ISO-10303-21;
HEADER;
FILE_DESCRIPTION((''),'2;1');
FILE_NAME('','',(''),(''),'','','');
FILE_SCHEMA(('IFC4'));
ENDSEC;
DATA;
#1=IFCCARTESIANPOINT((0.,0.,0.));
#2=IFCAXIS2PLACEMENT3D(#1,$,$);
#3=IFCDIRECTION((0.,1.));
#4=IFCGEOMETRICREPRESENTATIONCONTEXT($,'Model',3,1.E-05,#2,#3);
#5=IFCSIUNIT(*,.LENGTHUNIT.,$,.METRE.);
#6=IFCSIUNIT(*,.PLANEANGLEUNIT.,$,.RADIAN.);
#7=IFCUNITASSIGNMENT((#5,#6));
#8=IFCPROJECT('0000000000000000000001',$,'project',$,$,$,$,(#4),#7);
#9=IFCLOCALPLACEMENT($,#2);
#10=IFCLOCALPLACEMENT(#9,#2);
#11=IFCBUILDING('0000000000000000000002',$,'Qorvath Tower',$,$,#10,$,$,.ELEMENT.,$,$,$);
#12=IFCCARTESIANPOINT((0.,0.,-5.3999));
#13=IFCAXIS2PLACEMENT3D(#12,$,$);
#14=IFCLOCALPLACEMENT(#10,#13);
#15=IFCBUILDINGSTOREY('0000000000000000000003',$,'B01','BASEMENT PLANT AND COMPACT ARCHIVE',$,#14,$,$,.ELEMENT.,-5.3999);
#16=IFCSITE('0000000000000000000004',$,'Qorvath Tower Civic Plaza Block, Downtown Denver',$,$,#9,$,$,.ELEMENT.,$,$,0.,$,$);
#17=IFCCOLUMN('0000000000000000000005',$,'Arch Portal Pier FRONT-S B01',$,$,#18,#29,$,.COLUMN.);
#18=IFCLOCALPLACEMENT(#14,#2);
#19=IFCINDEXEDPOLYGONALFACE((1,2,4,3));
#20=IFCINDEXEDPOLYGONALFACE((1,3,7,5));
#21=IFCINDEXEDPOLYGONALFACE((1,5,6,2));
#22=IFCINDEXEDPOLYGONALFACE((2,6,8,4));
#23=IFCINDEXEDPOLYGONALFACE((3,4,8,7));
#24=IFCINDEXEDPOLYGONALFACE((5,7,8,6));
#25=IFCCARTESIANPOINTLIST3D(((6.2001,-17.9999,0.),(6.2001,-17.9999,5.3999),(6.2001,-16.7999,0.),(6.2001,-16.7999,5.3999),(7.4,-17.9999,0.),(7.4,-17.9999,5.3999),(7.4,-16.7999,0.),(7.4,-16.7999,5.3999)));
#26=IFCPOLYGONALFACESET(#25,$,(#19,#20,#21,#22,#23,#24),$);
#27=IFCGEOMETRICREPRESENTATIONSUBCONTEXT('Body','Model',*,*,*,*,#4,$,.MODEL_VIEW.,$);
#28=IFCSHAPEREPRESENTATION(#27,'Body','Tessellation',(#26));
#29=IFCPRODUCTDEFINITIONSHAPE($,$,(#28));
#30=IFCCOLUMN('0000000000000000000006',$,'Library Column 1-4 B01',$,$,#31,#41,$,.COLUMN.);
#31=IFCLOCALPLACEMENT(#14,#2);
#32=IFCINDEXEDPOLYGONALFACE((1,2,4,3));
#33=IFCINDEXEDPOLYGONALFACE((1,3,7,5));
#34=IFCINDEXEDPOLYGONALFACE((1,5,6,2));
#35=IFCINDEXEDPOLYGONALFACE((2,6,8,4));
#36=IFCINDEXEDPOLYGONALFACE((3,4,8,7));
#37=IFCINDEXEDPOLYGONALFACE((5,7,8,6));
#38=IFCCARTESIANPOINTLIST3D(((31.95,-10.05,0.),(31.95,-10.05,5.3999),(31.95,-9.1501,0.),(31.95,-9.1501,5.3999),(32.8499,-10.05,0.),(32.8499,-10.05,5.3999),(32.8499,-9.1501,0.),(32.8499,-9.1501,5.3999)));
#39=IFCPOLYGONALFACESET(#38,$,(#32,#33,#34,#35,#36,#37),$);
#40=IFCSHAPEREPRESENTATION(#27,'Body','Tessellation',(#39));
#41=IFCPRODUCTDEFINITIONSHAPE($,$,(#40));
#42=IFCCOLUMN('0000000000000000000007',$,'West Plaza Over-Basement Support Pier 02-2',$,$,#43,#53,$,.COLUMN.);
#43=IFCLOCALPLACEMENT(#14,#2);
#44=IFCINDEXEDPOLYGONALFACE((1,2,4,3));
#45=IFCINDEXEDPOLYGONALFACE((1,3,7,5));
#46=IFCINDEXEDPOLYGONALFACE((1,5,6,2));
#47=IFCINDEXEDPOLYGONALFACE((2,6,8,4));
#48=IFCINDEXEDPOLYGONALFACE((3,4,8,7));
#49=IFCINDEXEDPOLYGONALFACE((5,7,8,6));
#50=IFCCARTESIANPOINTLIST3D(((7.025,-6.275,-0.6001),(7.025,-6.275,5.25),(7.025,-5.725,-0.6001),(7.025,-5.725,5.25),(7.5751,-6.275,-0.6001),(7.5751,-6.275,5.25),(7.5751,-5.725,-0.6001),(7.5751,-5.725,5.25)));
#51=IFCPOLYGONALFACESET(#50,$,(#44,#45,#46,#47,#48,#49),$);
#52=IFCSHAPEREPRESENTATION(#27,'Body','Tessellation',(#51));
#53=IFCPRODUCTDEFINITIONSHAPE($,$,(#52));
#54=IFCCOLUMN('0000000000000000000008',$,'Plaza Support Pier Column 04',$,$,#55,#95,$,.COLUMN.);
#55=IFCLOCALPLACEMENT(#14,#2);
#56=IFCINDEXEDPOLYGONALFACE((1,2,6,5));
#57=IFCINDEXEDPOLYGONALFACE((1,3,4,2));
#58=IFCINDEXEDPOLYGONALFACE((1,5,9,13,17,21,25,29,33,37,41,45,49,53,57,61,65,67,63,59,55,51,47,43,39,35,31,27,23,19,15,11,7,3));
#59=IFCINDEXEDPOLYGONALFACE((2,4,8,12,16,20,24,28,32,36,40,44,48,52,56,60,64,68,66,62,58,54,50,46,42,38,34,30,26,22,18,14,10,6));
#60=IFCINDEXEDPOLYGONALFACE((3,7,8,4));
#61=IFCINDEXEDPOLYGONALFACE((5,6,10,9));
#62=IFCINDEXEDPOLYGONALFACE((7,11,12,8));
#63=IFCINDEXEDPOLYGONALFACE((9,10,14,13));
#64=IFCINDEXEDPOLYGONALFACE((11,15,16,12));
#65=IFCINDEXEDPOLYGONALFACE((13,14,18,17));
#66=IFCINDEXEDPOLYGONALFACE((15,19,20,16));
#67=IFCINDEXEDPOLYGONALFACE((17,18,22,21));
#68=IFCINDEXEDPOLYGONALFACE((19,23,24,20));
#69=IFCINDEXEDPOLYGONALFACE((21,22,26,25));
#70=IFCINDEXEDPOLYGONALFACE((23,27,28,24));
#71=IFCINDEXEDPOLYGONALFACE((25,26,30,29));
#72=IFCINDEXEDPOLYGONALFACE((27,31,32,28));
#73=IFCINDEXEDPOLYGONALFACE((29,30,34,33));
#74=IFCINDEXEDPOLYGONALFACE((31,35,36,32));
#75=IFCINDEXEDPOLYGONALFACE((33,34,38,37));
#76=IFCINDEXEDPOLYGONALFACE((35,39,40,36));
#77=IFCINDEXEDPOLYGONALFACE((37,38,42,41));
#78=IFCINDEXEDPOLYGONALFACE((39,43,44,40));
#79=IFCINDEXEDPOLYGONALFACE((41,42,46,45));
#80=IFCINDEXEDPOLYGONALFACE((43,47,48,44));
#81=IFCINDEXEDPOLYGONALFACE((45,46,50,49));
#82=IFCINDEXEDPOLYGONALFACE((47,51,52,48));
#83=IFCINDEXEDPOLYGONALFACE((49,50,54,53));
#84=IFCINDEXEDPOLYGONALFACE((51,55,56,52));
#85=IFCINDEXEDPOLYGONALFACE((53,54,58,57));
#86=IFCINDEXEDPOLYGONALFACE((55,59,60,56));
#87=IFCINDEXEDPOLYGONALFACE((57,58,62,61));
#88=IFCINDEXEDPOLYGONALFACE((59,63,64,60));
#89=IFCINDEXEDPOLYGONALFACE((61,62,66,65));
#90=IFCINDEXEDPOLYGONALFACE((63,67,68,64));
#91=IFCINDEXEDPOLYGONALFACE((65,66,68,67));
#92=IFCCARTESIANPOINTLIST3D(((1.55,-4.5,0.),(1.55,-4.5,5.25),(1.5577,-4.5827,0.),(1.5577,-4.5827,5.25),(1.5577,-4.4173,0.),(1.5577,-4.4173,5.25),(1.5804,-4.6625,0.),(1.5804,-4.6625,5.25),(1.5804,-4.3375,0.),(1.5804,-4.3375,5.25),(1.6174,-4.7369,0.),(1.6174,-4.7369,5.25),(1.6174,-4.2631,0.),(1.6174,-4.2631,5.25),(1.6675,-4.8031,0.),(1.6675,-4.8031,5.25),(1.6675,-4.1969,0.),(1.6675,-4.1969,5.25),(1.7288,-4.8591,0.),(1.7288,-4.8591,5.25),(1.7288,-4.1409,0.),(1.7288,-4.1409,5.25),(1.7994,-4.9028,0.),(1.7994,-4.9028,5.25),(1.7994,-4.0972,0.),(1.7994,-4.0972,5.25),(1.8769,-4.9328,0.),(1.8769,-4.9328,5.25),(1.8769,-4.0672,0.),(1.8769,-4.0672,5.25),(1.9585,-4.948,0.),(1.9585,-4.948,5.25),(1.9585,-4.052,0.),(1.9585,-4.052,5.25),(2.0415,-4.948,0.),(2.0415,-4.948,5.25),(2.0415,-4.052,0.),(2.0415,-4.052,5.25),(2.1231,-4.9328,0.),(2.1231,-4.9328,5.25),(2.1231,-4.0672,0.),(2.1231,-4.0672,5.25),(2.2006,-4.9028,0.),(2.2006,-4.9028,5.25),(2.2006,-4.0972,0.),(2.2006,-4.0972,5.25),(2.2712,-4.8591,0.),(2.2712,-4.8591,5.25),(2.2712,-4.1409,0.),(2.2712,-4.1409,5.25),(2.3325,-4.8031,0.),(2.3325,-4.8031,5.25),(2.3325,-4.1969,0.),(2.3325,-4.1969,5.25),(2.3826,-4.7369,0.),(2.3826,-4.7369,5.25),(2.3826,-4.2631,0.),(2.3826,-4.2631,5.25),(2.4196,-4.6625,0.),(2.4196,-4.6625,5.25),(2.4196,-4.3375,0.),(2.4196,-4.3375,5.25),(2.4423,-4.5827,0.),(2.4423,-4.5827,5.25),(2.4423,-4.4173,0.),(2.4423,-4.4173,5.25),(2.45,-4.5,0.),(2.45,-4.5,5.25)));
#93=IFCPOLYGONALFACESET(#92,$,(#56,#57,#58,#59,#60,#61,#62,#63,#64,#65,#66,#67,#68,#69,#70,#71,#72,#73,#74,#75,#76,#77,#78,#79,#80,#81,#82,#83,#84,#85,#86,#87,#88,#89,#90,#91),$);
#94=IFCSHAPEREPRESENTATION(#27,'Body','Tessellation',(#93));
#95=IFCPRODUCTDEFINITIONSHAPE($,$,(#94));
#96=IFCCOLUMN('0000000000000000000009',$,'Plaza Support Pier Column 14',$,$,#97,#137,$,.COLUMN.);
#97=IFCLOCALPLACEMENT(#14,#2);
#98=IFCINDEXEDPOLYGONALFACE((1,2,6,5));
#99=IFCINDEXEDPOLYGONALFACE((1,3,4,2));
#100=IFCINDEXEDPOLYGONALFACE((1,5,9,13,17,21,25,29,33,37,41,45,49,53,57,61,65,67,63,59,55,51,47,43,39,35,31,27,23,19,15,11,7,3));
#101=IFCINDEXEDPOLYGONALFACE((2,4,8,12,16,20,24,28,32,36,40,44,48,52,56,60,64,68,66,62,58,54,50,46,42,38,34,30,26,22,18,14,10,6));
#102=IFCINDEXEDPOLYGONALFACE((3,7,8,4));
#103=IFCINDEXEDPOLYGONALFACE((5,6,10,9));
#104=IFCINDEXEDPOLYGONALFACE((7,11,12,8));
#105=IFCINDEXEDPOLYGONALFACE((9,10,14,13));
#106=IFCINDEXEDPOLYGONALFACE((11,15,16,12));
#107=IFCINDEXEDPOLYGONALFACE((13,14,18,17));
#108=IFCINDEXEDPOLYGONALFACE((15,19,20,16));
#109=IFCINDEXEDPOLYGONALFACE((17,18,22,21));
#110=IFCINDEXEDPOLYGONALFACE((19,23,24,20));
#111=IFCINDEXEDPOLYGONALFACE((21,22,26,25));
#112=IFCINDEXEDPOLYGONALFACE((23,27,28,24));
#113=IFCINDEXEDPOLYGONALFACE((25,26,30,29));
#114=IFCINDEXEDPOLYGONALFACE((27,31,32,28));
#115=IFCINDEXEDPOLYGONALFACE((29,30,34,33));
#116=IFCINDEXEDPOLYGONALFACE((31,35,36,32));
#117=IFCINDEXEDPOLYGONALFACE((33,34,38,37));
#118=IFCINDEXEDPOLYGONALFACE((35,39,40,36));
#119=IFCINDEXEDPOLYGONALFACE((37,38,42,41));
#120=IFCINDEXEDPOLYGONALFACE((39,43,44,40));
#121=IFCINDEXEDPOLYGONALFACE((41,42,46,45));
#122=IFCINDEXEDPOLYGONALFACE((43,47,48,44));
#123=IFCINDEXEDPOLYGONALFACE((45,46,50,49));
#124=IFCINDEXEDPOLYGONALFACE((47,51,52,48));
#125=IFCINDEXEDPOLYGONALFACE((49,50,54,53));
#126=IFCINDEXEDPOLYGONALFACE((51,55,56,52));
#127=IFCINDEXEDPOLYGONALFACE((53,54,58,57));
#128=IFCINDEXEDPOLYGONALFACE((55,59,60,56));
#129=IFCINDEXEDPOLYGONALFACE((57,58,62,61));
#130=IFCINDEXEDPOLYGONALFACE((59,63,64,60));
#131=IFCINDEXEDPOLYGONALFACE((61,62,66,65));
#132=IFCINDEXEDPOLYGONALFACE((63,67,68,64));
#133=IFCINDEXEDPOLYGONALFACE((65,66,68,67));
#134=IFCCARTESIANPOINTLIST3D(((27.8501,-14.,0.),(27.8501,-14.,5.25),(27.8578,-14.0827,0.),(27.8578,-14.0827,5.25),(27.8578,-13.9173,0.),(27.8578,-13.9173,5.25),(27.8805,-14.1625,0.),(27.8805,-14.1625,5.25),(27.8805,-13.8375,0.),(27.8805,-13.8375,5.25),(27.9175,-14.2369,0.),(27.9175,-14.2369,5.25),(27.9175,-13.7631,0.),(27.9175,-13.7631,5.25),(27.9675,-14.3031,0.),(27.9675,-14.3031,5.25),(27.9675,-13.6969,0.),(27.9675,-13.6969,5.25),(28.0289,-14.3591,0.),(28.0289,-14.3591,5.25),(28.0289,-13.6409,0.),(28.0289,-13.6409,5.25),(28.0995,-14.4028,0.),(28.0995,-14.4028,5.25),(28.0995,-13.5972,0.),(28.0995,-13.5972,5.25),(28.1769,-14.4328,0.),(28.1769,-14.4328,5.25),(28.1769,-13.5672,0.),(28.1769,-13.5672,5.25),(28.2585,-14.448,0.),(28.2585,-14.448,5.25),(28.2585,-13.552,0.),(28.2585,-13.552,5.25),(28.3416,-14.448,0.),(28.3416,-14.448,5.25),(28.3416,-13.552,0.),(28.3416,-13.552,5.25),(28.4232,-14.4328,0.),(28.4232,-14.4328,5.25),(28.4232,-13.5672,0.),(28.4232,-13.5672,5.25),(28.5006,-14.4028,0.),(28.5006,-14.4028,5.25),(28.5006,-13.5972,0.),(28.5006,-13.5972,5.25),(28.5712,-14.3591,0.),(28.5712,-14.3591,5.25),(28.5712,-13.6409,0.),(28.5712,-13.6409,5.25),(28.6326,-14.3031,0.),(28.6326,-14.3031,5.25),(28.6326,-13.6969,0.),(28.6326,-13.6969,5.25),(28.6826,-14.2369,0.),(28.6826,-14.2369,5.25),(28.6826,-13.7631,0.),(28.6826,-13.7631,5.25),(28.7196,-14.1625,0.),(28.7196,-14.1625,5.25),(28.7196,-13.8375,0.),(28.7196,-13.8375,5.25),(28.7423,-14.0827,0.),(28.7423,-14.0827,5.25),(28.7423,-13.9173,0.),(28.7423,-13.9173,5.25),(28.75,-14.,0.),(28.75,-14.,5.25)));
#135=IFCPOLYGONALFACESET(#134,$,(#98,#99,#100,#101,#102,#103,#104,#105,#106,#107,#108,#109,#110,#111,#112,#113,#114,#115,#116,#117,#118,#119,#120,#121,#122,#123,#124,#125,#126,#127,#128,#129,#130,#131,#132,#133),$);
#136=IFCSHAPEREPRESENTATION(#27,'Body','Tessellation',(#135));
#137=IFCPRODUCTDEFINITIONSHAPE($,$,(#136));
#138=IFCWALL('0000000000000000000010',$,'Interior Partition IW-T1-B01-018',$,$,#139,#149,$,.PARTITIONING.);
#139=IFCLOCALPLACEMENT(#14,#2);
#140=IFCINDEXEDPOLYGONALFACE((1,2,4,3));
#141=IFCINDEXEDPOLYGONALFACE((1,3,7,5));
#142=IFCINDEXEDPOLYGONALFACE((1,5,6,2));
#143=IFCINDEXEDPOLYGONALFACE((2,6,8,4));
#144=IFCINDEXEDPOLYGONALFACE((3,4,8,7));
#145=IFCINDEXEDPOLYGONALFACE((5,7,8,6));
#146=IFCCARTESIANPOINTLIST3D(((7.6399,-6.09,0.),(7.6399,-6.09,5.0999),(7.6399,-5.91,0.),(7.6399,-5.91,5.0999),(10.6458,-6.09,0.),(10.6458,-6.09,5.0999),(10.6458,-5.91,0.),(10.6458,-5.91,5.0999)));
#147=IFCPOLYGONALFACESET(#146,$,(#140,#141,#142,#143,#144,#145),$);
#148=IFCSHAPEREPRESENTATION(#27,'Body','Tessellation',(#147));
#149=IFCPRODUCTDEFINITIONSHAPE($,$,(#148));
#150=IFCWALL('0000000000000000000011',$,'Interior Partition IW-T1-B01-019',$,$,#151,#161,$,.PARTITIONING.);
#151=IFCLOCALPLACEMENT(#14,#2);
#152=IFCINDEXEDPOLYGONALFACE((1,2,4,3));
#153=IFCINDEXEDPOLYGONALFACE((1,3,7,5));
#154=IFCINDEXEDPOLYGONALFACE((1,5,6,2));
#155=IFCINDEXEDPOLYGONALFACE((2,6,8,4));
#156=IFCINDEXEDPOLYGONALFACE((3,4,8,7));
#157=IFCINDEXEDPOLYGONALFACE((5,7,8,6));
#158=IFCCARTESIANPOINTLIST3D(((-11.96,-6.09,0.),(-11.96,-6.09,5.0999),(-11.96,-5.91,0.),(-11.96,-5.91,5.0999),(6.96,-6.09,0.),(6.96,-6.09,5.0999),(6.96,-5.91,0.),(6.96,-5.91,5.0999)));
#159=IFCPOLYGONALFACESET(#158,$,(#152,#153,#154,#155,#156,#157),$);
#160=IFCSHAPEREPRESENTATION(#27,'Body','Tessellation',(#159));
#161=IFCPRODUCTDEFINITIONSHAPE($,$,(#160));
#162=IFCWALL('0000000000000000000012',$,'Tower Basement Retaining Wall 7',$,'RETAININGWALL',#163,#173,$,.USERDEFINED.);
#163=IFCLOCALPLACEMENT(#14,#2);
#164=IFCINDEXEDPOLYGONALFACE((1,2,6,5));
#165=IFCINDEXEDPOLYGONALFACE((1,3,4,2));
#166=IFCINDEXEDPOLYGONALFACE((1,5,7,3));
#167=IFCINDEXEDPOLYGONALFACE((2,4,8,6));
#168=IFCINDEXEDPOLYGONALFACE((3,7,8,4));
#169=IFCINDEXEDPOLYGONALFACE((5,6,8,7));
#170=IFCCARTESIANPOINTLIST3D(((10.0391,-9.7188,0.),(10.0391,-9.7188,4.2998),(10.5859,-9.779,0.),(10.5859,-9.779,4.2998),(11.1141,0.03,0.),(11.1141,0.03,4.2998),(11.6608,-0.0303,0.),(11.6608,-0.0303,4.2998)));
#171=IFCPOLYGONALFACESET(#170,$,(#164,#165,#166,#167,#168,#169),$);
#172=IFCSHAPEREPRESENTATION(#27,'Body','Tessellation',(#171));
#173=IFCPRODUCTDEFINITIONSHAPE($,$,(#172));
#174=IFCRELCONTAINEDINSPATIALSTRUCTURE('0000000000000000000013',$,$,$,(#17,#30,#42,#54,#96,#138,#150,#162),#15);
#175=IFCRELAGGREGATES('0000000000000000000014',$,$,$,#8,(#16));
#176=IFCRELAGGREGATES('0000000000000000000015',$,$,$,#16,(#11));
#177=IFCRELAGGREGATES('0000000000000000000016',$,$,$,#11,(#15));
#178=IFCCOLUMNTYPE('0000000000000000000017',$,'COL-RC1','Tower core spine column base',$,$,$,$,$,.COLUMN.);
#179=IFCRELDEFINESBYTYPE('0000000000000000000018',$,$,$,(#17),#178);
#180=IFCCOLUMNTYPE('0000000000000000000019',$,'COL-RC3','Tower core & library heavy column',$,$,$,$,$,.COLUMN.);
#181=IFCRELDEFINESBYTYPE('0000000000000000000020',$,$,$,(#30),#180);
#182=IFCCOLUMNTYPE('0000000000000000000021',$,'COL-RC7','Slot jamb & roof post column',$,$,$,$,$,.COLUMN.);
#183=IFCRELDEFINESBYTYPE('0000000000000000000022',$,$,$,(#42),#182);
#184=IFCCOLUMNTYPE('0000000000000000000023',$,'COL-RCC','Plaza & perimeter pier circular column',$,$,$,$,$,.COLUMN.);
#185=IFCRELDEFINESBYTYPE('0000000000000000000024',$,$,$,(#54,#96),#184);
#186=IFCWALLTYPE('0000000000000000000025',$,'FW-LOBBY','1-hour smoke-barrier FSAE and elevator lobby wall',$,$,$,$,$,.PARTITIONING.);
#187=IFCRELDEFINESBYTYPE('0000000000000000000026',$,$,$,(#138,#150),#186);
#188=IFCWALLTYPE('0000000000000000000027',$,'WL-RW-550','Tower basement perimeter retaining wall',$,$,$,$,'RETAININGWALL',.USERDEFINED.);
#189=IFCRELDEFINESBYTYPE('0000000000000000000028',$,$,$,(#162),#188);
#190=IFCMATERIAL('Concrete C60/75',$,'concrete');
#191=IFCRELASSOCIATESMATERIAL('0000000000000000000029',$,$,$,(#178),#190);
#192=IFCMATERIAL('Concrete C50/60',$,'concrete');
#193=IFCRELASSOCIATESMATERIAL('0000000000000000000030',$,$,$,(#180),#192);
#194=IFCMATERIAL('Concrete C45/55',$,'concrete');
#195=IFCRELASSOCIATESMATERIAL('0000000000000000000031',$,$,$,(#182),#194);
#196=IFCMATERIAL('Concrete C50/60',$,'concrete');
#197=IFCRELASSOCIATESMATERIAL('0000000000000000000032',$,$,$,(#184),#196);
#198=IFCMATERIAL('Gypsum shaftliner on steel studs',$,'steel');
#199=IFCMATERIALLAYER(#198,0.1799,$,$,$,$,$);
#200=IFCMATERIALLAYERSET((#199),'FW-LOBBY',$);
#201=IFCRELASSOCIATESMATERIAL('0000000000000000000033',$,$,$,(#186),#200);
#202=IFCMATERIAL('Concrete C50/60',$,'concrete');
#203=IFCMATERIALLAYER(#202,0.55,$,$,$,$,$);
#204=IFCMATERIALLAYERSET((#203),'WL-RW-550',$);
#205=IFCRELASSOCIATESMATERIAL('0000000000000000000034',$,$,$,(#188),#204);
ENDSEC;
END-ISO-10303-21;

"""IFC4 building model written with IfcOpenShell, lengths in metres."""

from ifc_helpers import new_model, si_unit, direction, frame, frame_2d, origin, origin_2d, place, context, subcontext, project, spatial, rectangle, circle, extrude, material, layer, layer_set, material_profile, profile_set, type_object, element, save


model = new_model("IFC4")

# Units and contexts
model_context = context("Model", 3, precision=1e-05, world=origin(), true_north=direction((0.0, 1.0)))
body_context = subcontext(model_context, "Body", "Model", "MODEL_VIEW")
ifc_project = project(units=[si_unit("LENGTHUNIT", "METRE"), si_unit("PLANEANGLEUNIT", "RADIAN")], contexts=[model_context])

# Site, building, storey
site_placement = place(None, origin())
site = spatial("IfcSite", under=ifc_project, at=site_placement, Name="Qorvath Tower Civic Plaza Block, Downtown Denver", CompositionType="ELEMENT", RefElevation=0.0)
building_placement = place(site_placement, origin())
building = spatial("IfcBuilding", under=site, at=building_placement, Name="Qorvath Tower", CompositionType="ELEMENT")
storey_placement = place(building_placement, frame((0.0, 0.0, -5.3999)))
storey = spatial("IfcBuildingStorey", under=building, at=storey_placement, Name="B01", Description="BASEMENT PLANT AND COMPACT ARCHIVE", CompositionType="ELEMENT", Elevation=-5.3999)

# Columns
ifc_material_1 = material(Name="Concrete C60/75", Category="concrete")
ifc_material_profile_1 = material_profile(ifc_material_1, rectangle(XDim=1.2, YDim=1.2, at=origin_2d()), Name="RC 1200x1200")
ifc_profile_set_1 = profile_set([ifc_material_profile_1], Name="Concrete C60/75")
column_type_1 = type_object("IfcColumnType", Name="COL-RC1", Description="Tower core spine column base", PredefinedType="COLUMN", material=ifc_profile_set_1)
column_1_placement = place(storey_placement, frame((6.8, -17.3999, 0.0), z_axis=(0.0, 0.0, 1.0), x_axis=(1.0, 0.0, 0.0)))
element("IfcColumn", 1, at=column_1_placement, inside=storey, type_object=column_type_1, Name="Arch Portal Pier FRONT-S B01", PredefinedType="COLUMN", context=body_context, shape_type="SweptSolid", body=[
    extrude(rectangle(XDim=1.2, YDim=1.2, at=origin_2d()), origin(), (0.0, 0.0, 1.0), 5.3999),
])
ifc_material_2 = material(Name="Concrete C50/60", Category="concrete")
ifc_material_profile_2 = material_profile(ifc_material_2, rectangle(XDim=0.8999, YDim=0.8999, at=origin_2d()), Name="RC 900x900")
ifc_profile_set_2 = profile_set([ifc_material_profile_2], Name="Concrete C50/60")
column_type_2 = type_object("IfcColumnType", Name="COL-RC3", Description="Tower core & library heavy column", PredefinedType="COLUMN", material=ifc_profile_set_2)
column_2_placement = place(storey_placement, frame((32.3999, -9.6001, 0.0), z_axis=(0.0, 0.0, 1.0), x_axis=(1.0, 0.0, 0.0)))
element("IfcColumn", 2, at=column_2_placement, inside=storey, type_object=column_type_2, Name="Library Column 1-4 B01", PredefinedType="COLUMN", context=body_context, shape_type="SweptSolid", body=[
    extrude(rectangle(XDim=0.8999, YDim=0.8999, at=origin_2d()), origin(), (0.0, 0.0, 1.0), 5.3999),
])
ifc_material_3 = material(Name="Concrete C45/55", Category="concrete")
ifc_material_profile_3 = material_profile(ifc_material_3, rectangle(XDim=0.55, YDim=0.55, at=origin_2d()), Name="RC 550x550")
ifc_profile_set_3 = profile_set([ifc_material_profile_3], Name="Concrete C45/55")
column_type_3 = type_object("IfcColumnType", Name="COL-RC7", Description="Slot jamb & roof post column", PredefinedType="COLUMN", material=ifc_profile_set_3)
column_3_placement = place(storey_placement, frame((7.3, -6.0, -0.6001), z_axis=(0.0, 0.0, 1.0), x_axis=(1.0, 0.0, 0.0)))
element("IfcColumn", 3, at=column_3_placement, inside=storey, type_object=column_type_3, Name="West Plaza Over-Basement Support Pier 02-2", PredefinedType="COLUMN", context=body_context, shape_type="SweptSolid", body=[
    extrude(rectangle(XDim=0.55, YDim=0.55, at=origin_2d()), origin(), (0.0, 0.0, 1.0), 5.8501),
])
ifc_material_4 = material(Name="Concrete C50/60", Category="concrete")
ifc_material_profile_4 = material_profile(ifc_material_4, circle(Radius=0.45, at=origin_2d()), Name="RCC 900")
ifc_profile_set_4 = profile_set([ifc_material_profile_4], Name="Concrete C50/60")
column_type_4 = type_object("IfcColumnType", Name="COL-RCC", Description="Plaza & perimeter pier circular column", PredefinedType="COLUMN", material=ifc_profile_set_4)
for number, where, z_axis, x_axis, name in (
    (4, (2.0, -4.5, 0.0), (0.0, 0.0, 1.0), (1.0, 0.0, 0.0), "Plaza Support Pier Column 04"),
    (5, (28.3, -14.0, 0.0), (0.0, 0.0, 1.0), (1.0, 0.0, 0.0), "Plaza Support Pier Column 14"),
):
    element("IfcColumn", number, at=place(storey_placement, frame(where, z_axis=z_axis, x_axis=x_axis)), inside=storey, type_object=column_type_4, Name=name, PredefinedType="COLUMN", context=body_context, shape_type="SweptSolid", body=[
        extrude(circle(Radius=0.45, at=origin_2d()), origin(), (0.0, 0.0, 1.0), 5.25),
    ])

# Walls
ifc_material_5 = material(Name="Gypsum shaftliner on steel studs", Category="steel")
ifc_layer_1 = layer(ifc_material_5, 0.1799)
ifc_layer_set_1 = layer_set([ifc_layer_1], Name="FW-LOBBY")
wall_type_1 = type_object("IfcWallType", Name="FW-LOBBY", Description="1-hour smoke-barrier FSAE and elevator lobby wall", PredefinedType="PARTITIONING", material=ifc_layer_set_1)
wall_1_placement = place(storey_placement, frame((10.6458, -6.0, 0.0), z_axis=(0.0, 0.0, 1.0), x_axis=(-1.0, 0.0, 0.0)))
element("IfcWall", 6, at=wall_1_placement, inside=storey, type_object=wall_type_1, Name="Interior Partition IW-T1-B01-018", PredefinedType="PARTITIONING", context=body_context, shape_type="SweptSolid", body=[
    extrude(rectangle(XDim=3.0059, YDim=0.1799, at=frame_2d((1.5029, 0.0))), origin(), (0.0, 0.0, 1.0), 5.0999),
])
wall_2_placement = place(storey_placement, frame((6.96, -6.0, 0.0), z_axis=(0.0, 0.0, 1.0), x_axis=(-1.0, 0.0, 0.0)))
element("IfcWall", 7, at=wall_2_placement, inside=storey, type_object=wall_type_1, Name="Interior Partition IW-T1-B01-019", PredefinedType="PARTITIONING", context=body_context, shape_type="SweptSolid", body=[
    extrude(rectangle(XDim=18.9199, YDim=0.1799, at=frame_2d((9.46, 0.0))), origin(), (0.0, 0.0, 1.0), 5.0999),
])
ifc_material_6 = material(Name="Concrete C50/60", Category="concrete")
ifc_layer_2 = layer(ifc_material_6, 0.55)
ifc_layer_set_2 = layer_set([ifc_layer_2], Name="WL-RW-550")
wall_type_2 = type_object("IfcWallType", Name="WL-RW-550", Description="Tower basement perimeter retaining wall", ElementType="RETAININGWALL", PredefinedType="USERDEFINED", material=ifc_layer_set_2)
wall_3_placement = place(storey_placement, frame((10.3125, -9.7488, 0.0), z_axis=(0.0, 0.0, 1.0), x_axis=(0.109601, 0.993976, 0.0)))
element("IfcWall", 8, at=wall_3_placement, inside=storey, type_object=wall_type_2, Name="Tower Basement Retaining Wall 7", ObjectType="RETAININGWALL", PredefinedType="USERDEFINED", context=body_context, shape_type="SweptSolid", body=[
    extrude(rectangle(XDim=9.8079, YDim=0.55, at=frame_2d((4.9038, 0.0))), origin(), (0.0, 0.0, 1.0), 4.2998),
])

save(model, "model.ifc")
